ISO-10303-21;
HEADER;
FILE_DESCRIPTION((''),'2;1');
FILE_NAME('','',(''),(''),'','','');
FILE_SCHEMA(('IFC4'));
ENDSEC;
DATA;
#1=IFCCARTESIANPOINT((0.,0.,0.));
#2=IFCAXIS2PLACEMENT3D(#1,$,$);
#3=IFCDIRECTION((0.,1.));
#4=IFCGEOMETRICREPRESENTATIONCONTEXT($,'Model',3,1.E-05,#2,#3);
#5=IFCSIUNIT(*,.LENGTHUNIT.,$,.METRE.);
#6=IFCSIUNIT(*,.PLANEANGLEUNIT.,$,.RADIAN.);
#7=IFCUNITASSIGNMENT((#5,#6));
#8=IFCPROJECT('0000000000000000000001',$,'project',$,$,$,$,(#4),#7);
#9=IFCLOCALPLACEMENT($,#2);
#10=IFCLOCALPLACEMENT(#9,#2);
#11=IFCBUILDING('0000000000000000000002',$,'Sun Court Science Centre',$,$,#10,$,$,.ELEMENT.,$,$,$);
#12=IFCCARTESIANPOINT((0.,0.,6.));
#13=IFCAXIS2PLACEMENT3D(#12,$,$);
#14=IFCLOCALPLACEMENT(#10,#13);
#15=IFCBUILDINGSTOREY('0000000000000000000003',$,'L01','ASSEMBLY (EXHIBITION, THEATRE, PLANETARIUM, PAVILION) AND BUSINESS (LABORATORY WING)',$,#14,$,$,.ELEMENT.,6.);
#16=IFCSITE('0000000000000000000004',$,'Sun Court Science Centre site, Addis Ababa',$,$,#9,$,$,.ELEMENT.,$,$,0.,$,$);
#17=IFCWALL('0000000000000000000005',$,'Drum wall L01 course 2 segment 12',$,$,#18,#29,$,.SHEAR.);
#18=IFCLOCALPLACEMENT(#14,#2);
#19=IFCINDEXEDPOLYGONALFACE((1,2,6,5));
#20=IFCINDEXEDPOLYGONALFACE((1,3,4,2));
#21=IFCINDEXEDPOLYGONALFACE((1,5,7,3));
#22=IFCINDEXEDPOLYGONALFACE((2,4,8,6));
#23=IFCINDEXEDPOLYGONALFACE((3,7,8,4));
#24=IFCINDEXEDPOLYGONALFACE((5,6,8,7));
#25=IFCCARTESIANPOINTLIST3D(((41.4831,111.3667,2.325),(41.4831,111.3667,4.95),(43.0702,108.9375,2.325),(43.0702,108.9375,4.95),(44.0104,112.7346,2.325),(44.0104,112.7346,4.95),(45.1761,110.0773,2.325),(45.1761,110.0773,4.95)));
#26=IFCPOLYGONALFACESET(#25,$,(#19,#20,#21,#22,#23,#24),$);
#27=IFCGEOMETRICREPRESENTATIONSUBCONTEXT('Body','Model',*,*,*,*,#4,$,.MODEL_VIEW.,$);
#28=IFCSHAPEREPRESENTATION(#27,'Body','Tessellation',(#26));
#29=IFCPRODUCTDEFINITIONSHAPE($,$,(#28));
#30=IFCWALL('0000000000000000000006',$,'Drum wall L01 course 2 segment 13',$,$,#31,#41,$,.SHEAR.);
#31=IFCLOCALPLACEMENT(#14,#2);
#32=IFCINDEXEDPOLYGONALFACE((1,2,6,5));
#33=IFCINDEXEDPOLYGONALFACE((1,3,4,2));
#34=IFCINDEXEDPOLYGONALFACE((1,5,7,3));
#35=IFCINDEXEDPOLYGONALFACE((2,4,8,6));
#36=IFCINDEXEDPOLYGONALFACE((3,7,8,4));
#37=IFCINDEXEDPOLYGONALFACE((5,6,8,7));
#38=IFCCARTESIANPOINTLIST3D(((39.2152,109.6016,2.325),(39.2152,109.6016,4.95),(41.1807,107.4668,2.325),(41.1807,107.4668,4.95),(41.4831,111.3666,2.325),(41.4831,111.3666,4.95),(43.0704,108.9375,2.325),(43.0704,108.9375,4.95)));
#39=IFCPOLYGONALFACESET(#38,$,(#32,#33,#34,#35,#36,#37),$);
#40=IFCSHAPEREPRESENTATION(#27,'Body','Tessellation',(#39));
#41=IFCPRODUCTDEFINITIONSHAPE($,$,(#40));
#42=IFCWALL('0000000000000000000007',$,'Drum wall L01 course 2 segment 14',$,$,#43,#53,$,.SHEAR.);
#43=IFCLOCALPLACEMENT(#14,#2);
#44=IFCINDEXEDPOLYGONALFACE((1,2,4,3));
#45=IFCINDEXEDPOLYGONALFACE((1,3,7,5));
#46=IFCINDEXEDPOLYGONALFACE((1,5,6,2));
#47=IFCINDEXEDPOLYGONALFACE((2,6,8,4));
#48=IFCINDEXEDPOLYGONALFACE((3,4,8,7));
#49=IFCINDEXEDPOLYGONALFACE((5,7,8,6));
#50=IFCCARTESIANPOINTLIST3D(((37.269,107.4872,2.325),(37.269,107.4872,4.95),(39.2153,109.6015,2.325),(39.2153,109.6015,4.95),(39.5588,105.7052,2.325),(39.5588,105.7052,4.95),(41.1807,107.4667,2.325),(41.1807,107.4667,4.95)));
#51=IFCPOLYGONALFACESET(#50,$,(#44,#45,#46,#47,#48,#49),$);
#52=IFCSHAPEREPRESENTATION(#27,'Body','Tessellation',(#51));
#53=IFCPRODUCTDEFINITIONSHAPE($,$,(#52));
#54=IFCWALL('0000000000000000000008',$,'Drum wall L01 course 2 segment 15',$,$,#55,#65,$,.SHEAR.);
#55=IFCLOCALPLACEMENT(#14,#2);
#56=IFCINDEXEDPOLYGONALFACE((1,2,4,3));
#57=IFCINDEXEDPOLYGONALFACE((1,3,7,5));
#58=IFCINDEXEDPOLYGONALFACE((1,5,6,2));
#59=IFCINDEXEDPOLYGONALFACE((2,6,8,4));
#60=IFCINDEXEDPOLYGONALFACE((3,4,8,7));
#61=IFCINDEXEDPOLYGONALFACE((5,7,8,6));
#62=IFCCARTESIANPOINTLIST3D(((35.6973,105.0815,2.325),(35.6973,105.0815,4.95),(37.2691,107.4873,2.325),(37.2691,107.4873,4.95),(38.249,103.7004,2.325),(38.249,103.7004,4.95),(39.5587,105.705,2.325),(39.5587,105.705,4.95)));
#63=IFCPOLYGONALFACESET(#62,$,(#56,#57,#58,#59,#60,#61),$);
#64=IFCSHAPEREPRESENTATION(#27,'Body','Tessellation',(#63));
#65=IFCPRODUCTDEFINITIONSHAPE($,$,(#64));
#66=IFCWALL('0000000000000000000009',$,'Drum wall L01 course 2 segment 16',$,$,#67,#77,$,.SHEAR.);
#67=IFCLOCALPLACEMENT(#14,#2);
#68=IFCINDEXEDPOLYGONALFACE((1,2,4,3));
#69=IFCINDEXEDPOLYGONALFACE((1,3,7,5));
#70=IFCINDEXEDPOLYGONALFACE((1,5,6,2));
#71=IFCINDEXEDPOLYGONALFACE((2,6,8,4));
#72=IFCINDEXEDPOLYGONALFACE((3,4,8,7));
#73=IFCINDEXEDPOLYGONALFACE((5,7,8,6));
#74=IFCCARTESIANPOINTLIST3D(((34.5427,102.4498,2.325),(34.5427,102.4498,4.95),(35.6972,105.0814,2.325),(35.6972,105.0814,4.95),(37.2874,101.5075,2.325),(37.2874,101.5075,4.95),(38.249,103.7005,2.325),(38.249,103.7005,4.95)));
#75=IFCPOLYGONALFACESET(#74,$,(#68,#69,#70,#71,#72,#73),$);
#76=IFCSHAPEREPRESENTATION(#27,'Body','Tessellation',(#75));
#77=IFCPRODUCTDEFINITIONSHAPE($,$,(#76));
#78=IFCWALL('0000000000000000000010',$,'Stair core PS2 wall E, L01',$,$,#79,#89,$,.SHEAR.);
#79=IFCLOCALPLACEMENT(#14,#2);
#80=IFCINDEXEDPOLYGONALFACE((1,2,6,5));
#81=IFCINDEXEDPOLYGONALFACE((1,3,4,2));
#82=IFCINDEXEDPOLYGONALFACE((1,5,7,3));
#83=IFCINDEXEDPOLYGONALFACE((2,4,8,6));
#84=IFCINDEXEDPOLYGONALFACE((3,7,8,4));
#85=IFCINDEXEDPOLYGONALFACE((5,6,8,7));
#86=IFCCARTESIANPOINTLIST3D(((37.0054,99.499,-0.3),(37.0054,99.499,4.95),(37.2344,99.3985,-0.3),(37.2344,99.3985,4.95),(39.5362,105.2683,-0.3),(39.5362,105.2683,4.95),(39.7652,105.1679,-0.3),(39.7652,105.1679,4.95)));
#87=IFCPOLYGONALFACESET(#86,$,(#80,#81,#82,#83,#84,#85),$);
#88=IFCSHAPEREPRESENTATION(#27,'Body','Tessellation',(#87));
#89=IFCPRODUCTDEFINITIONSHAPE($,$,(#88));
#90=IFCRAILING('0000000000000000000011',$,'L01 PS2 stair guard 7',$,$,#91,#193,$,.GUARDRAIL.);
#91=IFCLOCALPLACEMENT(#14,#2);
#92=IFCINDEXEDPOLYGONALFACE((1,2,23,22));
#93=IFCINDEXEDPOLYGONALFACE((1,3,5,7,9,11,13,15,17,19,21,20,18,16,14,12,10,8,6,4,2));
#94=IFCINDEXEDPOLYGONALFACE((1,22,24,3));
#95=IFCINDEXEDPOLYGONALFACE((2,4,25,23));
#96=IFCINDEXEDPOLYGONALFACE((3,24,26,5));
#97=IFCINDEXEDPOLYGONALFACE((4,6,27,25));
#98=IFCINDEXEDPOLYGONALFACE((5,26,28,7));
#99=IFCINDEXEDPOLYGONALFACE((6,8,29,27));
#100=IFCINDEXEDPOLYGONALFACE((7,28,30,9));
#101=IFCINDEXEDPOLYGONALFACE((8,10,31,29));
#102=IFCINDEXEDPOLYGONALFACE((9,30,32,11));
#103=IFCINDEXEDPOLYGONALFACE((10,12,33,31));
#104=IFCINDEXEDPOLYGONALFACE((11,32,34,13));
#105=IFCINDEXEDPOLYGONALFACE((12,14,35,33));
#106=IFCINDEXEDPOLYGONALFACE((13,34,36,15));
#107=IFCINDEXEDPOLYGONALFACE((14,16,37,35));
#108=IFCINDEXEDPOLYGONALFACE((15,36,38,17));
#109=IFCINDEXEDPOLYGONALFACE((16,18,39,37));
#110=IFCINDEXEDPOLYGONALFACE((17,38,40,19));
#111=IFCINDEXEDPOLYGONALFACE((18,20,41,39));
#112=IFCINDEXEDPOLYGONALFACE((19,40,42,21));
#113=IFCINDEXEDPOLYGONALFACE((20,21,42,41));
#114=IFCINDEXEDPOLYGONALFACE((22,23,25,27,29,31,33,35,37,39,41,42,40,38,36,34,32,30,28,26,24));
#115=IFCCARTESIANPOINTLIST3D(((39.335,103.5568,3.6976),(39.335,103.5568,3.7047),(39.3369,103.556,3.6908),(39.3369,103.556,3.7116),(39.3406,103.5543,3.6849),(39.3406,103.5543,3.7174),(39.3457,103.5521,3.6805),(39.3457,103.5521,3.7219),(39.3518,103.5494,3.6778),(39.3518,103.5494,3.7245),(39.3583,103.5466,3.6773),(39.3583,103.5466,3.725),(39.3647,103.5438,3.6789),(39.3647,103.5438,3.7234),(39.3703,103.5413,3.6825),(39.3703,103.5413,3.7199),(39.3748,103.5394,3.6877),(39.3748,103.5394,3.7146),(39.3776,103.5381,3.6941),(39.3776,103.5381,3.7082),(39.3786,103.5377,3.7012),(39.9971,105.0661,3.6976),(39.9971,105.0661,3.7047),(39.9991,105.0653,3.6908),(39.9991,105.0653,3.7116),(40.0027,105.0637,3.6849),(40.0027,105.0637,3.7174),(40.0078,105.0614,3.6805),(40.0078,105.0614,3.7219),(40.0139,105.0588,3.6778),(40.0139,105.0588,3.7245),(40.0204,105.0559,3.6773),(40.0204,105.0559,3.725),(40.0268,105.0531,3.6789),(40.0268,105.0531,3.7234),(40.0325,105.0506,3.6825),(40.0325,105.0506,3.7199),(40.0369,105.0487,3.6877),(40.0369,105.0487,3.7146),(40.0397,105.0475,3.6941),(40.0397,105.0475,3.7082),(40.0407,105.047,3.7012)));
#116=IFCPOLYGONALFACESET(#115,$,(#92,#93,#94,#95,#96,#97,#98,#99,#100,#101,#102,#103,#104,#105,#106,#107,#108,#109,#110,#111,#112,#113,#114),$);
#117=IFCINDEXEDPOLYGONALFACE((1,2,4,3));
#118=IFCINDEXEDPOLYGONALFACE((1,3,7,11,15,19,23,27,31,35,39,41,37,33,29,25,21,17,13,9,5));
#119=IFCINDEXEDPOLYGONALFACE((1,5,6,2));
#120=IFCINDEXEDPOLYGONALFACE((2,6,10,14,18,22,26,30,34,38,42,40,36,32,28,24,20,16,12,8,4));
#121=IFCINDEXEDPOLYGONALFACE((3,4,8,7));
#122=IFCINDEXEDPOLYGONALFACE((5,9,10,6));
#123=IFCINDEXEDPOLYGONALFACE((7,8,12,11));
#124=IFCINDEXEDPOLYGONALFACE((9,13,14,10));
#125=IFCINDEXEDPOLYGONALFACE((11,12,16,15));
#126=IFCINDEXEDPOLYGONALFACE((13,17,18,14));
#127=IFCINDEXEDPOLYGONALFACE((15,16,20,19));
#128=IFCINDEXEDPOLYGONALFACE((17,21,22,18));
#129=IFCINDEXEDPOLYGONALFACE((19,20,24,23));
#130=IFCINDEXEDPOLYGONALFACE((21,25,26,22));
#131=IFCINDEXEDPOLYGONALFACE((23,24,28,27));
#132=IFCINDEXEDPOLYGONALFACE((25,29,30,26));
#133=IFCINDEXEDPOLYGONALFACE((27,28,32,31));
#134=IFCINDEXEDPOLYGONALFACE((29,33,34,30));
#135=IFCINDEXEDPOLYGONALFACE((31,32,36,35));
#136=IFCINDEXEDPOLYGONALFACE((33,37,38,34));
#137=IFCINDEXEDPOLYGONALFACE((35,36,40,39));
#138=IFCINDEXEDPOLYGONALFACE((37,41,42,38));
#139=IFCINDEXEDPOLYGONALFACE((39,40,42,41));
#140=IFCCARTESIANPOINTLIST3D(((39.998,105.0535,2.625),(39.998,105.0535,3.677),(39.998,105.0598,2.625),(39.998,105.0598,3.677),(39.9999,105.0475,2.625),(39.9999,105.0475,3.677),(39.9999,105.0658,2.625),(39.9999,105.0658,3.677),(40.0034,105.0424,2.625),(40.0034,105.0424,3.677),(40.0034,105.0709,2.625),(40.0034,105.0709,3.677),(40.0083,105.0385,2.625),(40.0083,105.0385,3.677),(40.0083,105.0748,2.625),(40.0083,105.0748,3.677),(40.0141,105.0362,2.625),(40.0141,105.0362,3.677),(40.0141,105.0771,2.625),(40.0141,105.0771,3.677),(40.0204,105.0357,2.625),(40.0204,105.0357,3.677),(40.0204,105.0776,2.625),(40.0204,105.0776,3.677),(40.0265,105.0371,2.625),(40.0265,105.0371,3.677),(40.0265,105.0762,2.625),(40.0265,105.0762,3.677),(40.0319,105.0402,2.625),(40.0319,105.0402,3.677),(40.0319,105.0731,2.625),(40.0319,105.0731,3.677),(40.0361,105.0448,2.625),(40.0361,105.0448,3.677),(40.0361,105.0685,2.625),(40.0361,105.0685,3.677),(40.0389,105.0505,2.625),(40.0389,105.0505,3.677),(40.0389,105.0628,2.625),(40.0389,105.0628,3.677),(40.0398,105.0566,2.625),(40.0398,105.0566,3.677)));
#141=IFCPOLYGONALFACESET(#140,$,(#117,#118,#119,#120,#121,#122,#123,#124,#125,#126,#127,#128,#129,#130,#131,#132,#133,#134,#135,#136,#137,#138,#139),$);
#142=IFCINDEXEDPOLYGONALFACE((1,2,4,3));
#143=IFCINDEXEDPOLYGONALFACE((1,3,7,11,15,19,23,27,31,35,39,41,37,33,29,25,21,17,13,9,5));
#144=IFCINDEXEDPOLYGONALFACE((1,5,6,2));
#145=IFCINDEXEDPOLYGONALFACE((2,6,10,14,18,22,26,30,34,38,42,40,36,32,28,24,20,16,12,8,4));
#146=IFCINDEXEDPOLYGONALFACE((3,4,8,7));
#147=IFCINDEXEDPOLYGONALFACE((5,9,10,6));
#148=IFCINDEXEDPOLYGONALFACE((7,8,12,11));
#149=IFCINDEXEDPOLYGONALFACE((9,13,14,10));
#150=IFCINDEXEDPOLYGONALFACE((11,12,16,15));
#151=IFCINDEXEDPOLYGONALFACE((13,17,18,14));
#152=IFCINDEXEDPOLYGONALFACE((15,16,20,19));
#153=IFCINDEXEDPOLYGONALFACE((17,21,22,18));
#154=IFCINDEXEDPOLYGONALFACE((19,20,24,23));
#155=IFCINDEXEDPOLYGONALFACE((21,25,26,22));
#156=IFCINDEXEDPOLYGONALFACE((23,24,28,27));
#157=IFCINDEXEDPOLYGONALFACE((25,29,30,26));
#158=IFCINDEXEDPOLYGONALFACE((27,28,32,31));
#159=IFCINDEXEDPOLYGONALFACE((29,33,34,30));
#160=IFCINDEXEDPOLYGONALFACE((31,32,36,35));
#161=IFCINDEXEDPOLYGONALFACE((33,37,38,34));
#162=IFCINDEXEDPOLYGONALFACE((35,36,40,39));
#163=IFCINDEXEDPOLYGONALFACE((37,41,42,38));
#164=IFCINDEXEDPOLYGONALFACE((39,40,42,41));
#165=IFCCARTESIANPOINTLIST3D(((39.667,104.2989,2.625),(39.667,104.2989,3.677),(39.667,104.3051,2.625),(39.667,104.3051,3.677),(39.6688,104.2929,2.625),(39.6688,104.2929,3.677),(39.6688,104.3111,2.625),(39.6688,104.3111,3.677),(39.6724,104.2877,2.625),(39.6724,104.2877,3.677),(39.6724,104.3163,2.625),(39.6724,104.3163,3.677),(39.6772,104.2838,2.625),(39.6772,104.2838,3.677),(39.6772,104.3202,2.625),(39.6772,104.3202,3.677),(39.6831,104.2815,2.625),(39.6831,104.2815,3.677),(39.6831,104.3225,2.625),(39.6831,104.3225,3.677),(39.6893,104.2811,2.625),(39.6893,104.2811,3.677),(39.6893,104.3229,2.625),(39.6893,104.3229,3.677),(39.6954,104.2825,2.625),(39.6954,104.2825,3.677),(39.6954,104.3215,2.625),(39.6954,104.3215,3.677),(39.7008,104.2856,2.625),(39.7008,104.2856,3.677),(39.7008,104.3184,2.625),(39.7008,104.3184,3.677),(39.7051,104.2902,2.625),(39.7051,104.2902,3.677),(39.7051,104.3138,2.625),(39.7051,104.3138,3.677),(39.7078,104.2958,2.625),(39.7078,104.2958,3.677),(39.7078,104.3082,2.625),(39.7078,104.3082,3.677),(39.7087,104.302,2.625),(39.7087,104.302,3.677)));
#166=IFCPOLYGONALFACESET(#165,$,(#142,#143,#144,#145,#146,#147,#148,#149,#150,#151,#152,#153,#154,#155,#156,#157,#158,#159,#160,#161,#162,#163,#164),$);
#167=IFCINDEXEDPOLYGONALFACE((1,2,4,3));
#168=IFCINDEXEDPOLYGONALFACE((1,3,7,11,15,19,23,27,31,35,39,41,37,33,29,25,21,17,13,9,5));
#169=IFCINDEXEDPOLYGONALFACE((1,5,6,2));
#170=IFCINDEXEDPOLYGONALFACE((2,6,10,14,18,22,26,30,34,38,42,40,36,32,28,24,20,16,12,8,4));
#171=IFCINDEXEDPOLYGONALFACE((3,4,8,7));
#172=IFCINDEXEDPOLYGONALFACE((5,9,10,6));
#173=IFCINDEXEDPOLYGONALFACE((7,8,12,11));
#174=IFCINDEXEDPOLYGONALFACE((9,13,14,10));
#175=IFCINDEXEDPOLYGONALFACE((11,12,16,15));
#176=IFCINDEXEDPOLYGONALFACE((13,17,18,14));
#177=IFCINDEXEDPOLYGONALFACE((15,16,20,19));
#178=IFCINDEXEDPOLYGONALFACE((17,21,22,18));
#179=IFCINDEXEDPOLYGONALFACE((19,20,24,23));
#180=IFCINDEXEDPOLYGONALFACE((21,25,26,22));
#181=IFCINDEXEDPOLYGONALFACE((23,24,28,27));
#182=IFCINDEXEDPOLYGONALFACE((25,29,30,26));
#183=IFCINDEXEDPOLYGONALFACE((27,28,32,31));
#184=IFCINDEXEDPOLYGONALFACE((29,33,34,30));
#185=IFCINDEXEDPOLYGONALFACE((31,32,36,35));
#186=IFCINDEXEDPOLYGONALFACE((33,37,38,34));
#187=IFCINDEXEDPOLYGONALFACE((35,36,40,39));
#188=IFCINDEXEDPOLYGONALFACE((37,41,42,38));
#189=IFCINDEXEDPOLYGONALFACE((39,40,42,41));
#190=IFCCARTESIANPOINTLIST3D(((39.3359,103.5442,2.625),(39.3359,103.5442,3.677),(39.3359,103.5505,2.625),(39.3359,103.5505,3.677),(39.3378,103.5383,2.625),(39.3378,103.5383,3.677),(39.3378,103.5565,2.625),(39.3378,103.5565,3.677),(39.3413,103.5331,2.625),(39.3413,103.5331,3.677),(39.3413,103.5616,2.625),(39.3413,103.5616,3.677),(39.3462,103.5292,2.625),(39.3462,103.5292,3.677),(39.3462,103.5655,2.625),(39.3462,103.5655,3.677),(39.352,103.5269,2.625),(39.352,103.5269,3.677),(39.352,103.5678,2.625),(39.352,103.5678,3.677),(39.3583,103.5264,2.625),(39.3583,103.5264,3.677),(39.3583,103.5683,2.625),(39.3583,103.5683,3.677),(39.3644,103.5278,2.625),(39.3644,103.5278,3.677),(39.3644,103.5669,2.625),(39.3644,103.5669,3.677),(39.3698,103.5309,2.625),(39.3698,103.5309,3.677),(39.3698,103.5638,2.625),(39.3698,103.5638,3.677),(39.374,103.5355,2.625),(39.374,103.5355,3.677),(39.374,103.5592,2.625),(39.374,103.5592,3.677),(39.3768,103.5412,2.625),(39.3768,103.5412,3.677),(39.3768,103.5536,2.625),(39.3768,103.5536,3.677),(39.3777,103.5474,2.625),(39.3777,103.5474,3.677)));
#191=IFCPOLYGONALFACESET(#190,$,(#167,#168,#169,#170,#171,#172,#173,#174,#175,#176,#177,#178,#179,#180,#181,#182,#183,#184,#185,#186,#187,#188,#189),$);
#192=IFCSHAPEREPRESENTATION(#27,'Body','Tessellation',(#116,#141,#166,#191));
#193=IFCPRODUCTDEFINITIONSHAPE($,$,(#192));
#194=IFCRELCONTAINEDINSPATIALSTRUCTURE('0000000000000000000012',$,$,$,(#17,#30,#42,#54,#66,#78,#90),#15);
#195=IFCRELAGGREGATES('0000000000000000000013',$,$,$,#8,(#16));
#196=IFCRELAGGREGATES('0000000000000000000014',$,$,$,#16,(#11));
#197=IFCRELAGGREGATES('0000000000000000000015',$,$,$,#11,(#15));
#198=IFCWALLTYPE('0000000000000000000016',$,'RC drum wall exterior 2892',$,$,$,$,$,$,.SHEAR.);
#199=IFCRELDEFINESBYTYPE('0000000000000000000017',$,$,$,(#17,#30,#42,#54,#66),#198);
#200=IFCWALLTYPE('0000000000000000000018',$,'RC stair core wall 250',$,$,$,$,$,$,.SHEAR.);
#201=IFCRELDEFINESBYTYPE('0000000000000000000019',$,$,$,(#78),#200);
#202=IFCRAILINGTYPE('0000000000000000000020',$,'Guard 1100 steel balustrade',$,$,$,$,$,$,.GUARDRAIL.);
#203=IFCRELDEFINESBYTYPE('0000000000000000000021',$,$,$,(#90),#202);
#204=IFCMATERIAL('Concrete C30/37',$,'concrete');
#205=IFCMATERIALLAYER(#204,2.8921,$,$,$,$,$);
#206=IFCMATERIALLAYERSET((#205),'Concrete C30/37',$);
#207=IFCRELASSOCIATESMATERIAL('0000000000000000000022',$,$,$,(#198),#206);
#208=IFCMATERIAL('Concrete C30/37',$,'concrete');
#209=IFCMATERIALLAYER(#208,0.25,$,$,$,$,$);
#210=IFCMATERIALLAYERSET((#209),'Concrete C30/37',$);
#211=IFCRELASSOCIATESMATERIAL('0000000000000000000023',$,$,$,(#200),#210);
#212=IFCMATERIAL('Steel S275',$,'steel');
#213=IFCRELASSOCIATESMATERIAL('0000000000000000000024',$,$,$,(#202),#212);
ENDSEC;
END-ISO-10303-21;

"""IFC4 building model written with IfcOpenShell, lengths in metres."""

from ifc_helpers import new_model, si_unit, direction, frame, frame_2d, origin, origin_2d, place, context, subcontext, project, spatial, polyline, rectangle, circle, outline, extrude, material, layer, layer_set, type_object, element, save


model = new_model("IFC4")

# Units and contexts
model_context = context("Model", 3, precision=1e-05, world=origin(), true_north=direction((0.0, 1.0)))
body_context = subcontext(model_context, "Body", "Model", "MODEL_VIEW")
ifc_project = project(units=[si_unit("LENGTHUNIT", "METRE"), si_unit("PLANEANGLEUNIT", "RADIAN")], contexts=[model_context])

# Site, building, storey
site_placement = place(None, origin())
site = spatial("IfcSite", under=ifc_project, at=site_placement, Name="Sun Court Science Centre site, Addis Ababa", CompositionType="ELEMENT", RefElevation=0.0)
building_placement = place(site_placement, origin())
building = spatial("IfcBuilding", under=site, at=building_placement, Name="Sun Court Science Centre", CompositionType="ELEMENT")
storey_placement = place(building_placement, frame((0.0, 0.0, 6.0)))
storey = spatial("IfcBuildingStorey", under=building, at=storey_placement, Name="L01", Description="ASSEMBLY (EXHIBITION, THEATRE, PLANETARIUM, PAVILION) AND BUSINESS (LABORATORY WING)", CompositionType="ELEMENT", Elevation=6.0)

# Walls
ifc_material_1 = material(Name="Concrete C30/37", Category="concrete")
ifc_layer_1 = layer(ifc_material_1, 2.8921)
ifc_layer_set_1 = layer_set([ifc_layer_1], Name="Concrete C30/37")
wall_type_1 = type_object("IfcWallType", Name="RC drum wall exterior 2892", PredefinedType="SHEAR", material=ifc_layer_set_1)
wall_1_placement = place(storey_placement, frame((44.6987, 111.4629, 2.325), z_axis=(0.0, 0.0, 1.0), x_axis=(-0.879446, -0.475998, 0.0)))
element("IfcWall", 1, at=wall_1_placement, inside=storey, type_object=wall_type_1, Name="Drum wall L01 course 2 segment 12", PredefinedType="SHEAR", context=body_context, shape_type="SweptSolid", body=[
    extrude(outline(polyline([(0.0, -1.446), (2.8738, -1.446), (2.6343, 1.4458), (0.2397, 1.4458), (0.0, -1.446)])), origin(), (0.0, 0.0, 1.0), 2.625),
])
wall_2_placement = place(storey_placement, frame((42.3711, 110.2256, 2.325), z_axis=(0.0, 0.0, 1.0), x_axis=(-0.789178, -0.614164, 0.0)))
element("IfcWall", 2, at=wall_2_placement, inside=storey, type_object=wall_type_1, Name="Drum wall L01 course 2 segment 13", PredefinedType="SHEAR", context=body_context, shape_type="SweptSolid", body=[
    extrude(outline(polyline([(0.0, -1.4458), (2.8738, -1.4458), (2.6338, 1.446), (0.2393, 1.446), (0.0, -1.4458)])), origin(), (0.0, 0.0, 1.0), 2.625),
])
wall_3_placement = place(storey_placement, frame((40.2791, 108.6223, 2.325), z_axis=(0.0, 0.0, 1.0), x_axis=(-0.677277, -0.735728, 0.0)))
element("IfcWall", 3, at=wall_3_placement, inside=storey, type_object=wall_type_1, Name="Drum wall L01 course 2 segment 14", PredefinedType="SHEAR", context=body_context, shape_type="SweptSolid", body=[
    extrude(outline(polyline([(0.0, -1.4458), (2.8738, -1.4458), (2.634, 1.4458), (0.2395, 1.446), (0.0, -1.4458)])), origin(), (0.0, 0.0, 1.0), 2.625),
])
wall_4_placement = place(storey_placement, frame((38.4795, 106.6965, 2.325), z_axis=(0.0, 0.0, 1.0), x_axis=(-0.546952, -0.837164, 0.0)))
element("IfcWall", 4, at=wall_4_placement, inside=storey, type_object=wall_type_1, Name="Drum wall L01 course 2 segment 15", PredefinedType="SHEAR", context=body_context, shape_type="SweptSolid", body=[
    extrude(outline(polyline([(0.0, -1.4458), (2.8738, -1.4458), (2.6343, 1.4458), (0.2397, 1.4458), (0.0, -1.4458)])), origin(), (0.0, 0.0, 1.0), 2.625),
])
wall_5_placement = place(storey_placement, frame((37.0212, 104.5007, 2.325), z_axis=(0.0, 0.0, 1.0), x_axis=(-0.401656, -0.91579, 0.0)))
element("IfcWall", 5, at=wall_5_placement, inside=storey, type_object=wall_type_1, Name="Drum wall L01 course 2 segment 16", PredefinedType="SHEAR", context=body_context, shape_type="SweptSolid", body=[
    extrude(outline(polyline([(0.0, -1.4458), (2.8738, -1.446), (2.6343, 1.446), (0.2397, 1.4458), (0.0, -1.4458)])), origin(), (0.0, 0.0, 1.0), 2.625),
])
ifc_material_2 = material(Name="Concrete C30/37", Category="concrete")
ifc_layer_2 = layer(ifc_material_2, 0.25)
ifc_layer_set_2 = layer_set([ifc_layer_2], Name="Concrete C30/37")
wall_type_2 = type_object("IfcWallType", Name="RC stair core wall 250", PredefinedType="SHEAR", material=ifc_layer_set_2)
wall_6_placement = place(storey_placement, frame((39.6506, 105.218, -0.3), z_axis=(0.0, 0.0, 1.0), x_axis=(-0.401711, -0.915766, 0.0)))
element("IfcWall", 6, at=wall_6_placement, inside=storey, type_object=wall_type_2, Name="Stair core PS2 wall E, L01", PredefinedType="SHEAR", context=body_context, shape_type="SweptSolid", body=[
    extrude(rectangle(XDim=6.3, YDim=0.25, at=frame_2d((3.1499, 0.0))), origin(), (0.0, 0.0, 1.0), 5.25),
])

# Railing
ifc_material_3 = material(Name="Steel S275", Category="steel")
railing_type = type_object("IfcRailingType", Name="Guard 1100 steel balustrade", PredefinedType="GUARDRAIL", material=ifc_material_3)
for number, where, name in (
    (7, (40.0188, 105.0566, 2.625), "L01 PS2 stair guard 7"),
):
    element("IfcRailing", number, at=place(storey_placement, frame(where)), inside=storey, type_object=railing_type, Name=name, PredefinedType="GUARDRAIL", context=body_context, shape_type="SweptSolid", body=[
        extrude(circle(Radius=0.0239, at=origin_2d()), frame((0.0, 0.0, 1.0762), z_axis=(-0.401736, -0.915756, 0.0), x_axis=(0.915756, -0.401736, 0.0)), (0.0, 0.0, 1.0), 1.6482),
        extrude(circle(Radius=0.021, at=origin_2d()), origin(), (0.0, 0.0, 1.0), 1.052),
        extrude(circle(Radius=0.021, at=origin_2d()), frame((-0.3311, -0.7546, 0.0)), (0.0, 0.0, 1.0), 1.052),
        extrude(circle(Radius=0.021, at=origin_2d()), frame((-0.6621, -1.5093, 0.0)), (0.0, 0.0, 1.0), 1.052),
    ])

save(model, "model.ifc")
